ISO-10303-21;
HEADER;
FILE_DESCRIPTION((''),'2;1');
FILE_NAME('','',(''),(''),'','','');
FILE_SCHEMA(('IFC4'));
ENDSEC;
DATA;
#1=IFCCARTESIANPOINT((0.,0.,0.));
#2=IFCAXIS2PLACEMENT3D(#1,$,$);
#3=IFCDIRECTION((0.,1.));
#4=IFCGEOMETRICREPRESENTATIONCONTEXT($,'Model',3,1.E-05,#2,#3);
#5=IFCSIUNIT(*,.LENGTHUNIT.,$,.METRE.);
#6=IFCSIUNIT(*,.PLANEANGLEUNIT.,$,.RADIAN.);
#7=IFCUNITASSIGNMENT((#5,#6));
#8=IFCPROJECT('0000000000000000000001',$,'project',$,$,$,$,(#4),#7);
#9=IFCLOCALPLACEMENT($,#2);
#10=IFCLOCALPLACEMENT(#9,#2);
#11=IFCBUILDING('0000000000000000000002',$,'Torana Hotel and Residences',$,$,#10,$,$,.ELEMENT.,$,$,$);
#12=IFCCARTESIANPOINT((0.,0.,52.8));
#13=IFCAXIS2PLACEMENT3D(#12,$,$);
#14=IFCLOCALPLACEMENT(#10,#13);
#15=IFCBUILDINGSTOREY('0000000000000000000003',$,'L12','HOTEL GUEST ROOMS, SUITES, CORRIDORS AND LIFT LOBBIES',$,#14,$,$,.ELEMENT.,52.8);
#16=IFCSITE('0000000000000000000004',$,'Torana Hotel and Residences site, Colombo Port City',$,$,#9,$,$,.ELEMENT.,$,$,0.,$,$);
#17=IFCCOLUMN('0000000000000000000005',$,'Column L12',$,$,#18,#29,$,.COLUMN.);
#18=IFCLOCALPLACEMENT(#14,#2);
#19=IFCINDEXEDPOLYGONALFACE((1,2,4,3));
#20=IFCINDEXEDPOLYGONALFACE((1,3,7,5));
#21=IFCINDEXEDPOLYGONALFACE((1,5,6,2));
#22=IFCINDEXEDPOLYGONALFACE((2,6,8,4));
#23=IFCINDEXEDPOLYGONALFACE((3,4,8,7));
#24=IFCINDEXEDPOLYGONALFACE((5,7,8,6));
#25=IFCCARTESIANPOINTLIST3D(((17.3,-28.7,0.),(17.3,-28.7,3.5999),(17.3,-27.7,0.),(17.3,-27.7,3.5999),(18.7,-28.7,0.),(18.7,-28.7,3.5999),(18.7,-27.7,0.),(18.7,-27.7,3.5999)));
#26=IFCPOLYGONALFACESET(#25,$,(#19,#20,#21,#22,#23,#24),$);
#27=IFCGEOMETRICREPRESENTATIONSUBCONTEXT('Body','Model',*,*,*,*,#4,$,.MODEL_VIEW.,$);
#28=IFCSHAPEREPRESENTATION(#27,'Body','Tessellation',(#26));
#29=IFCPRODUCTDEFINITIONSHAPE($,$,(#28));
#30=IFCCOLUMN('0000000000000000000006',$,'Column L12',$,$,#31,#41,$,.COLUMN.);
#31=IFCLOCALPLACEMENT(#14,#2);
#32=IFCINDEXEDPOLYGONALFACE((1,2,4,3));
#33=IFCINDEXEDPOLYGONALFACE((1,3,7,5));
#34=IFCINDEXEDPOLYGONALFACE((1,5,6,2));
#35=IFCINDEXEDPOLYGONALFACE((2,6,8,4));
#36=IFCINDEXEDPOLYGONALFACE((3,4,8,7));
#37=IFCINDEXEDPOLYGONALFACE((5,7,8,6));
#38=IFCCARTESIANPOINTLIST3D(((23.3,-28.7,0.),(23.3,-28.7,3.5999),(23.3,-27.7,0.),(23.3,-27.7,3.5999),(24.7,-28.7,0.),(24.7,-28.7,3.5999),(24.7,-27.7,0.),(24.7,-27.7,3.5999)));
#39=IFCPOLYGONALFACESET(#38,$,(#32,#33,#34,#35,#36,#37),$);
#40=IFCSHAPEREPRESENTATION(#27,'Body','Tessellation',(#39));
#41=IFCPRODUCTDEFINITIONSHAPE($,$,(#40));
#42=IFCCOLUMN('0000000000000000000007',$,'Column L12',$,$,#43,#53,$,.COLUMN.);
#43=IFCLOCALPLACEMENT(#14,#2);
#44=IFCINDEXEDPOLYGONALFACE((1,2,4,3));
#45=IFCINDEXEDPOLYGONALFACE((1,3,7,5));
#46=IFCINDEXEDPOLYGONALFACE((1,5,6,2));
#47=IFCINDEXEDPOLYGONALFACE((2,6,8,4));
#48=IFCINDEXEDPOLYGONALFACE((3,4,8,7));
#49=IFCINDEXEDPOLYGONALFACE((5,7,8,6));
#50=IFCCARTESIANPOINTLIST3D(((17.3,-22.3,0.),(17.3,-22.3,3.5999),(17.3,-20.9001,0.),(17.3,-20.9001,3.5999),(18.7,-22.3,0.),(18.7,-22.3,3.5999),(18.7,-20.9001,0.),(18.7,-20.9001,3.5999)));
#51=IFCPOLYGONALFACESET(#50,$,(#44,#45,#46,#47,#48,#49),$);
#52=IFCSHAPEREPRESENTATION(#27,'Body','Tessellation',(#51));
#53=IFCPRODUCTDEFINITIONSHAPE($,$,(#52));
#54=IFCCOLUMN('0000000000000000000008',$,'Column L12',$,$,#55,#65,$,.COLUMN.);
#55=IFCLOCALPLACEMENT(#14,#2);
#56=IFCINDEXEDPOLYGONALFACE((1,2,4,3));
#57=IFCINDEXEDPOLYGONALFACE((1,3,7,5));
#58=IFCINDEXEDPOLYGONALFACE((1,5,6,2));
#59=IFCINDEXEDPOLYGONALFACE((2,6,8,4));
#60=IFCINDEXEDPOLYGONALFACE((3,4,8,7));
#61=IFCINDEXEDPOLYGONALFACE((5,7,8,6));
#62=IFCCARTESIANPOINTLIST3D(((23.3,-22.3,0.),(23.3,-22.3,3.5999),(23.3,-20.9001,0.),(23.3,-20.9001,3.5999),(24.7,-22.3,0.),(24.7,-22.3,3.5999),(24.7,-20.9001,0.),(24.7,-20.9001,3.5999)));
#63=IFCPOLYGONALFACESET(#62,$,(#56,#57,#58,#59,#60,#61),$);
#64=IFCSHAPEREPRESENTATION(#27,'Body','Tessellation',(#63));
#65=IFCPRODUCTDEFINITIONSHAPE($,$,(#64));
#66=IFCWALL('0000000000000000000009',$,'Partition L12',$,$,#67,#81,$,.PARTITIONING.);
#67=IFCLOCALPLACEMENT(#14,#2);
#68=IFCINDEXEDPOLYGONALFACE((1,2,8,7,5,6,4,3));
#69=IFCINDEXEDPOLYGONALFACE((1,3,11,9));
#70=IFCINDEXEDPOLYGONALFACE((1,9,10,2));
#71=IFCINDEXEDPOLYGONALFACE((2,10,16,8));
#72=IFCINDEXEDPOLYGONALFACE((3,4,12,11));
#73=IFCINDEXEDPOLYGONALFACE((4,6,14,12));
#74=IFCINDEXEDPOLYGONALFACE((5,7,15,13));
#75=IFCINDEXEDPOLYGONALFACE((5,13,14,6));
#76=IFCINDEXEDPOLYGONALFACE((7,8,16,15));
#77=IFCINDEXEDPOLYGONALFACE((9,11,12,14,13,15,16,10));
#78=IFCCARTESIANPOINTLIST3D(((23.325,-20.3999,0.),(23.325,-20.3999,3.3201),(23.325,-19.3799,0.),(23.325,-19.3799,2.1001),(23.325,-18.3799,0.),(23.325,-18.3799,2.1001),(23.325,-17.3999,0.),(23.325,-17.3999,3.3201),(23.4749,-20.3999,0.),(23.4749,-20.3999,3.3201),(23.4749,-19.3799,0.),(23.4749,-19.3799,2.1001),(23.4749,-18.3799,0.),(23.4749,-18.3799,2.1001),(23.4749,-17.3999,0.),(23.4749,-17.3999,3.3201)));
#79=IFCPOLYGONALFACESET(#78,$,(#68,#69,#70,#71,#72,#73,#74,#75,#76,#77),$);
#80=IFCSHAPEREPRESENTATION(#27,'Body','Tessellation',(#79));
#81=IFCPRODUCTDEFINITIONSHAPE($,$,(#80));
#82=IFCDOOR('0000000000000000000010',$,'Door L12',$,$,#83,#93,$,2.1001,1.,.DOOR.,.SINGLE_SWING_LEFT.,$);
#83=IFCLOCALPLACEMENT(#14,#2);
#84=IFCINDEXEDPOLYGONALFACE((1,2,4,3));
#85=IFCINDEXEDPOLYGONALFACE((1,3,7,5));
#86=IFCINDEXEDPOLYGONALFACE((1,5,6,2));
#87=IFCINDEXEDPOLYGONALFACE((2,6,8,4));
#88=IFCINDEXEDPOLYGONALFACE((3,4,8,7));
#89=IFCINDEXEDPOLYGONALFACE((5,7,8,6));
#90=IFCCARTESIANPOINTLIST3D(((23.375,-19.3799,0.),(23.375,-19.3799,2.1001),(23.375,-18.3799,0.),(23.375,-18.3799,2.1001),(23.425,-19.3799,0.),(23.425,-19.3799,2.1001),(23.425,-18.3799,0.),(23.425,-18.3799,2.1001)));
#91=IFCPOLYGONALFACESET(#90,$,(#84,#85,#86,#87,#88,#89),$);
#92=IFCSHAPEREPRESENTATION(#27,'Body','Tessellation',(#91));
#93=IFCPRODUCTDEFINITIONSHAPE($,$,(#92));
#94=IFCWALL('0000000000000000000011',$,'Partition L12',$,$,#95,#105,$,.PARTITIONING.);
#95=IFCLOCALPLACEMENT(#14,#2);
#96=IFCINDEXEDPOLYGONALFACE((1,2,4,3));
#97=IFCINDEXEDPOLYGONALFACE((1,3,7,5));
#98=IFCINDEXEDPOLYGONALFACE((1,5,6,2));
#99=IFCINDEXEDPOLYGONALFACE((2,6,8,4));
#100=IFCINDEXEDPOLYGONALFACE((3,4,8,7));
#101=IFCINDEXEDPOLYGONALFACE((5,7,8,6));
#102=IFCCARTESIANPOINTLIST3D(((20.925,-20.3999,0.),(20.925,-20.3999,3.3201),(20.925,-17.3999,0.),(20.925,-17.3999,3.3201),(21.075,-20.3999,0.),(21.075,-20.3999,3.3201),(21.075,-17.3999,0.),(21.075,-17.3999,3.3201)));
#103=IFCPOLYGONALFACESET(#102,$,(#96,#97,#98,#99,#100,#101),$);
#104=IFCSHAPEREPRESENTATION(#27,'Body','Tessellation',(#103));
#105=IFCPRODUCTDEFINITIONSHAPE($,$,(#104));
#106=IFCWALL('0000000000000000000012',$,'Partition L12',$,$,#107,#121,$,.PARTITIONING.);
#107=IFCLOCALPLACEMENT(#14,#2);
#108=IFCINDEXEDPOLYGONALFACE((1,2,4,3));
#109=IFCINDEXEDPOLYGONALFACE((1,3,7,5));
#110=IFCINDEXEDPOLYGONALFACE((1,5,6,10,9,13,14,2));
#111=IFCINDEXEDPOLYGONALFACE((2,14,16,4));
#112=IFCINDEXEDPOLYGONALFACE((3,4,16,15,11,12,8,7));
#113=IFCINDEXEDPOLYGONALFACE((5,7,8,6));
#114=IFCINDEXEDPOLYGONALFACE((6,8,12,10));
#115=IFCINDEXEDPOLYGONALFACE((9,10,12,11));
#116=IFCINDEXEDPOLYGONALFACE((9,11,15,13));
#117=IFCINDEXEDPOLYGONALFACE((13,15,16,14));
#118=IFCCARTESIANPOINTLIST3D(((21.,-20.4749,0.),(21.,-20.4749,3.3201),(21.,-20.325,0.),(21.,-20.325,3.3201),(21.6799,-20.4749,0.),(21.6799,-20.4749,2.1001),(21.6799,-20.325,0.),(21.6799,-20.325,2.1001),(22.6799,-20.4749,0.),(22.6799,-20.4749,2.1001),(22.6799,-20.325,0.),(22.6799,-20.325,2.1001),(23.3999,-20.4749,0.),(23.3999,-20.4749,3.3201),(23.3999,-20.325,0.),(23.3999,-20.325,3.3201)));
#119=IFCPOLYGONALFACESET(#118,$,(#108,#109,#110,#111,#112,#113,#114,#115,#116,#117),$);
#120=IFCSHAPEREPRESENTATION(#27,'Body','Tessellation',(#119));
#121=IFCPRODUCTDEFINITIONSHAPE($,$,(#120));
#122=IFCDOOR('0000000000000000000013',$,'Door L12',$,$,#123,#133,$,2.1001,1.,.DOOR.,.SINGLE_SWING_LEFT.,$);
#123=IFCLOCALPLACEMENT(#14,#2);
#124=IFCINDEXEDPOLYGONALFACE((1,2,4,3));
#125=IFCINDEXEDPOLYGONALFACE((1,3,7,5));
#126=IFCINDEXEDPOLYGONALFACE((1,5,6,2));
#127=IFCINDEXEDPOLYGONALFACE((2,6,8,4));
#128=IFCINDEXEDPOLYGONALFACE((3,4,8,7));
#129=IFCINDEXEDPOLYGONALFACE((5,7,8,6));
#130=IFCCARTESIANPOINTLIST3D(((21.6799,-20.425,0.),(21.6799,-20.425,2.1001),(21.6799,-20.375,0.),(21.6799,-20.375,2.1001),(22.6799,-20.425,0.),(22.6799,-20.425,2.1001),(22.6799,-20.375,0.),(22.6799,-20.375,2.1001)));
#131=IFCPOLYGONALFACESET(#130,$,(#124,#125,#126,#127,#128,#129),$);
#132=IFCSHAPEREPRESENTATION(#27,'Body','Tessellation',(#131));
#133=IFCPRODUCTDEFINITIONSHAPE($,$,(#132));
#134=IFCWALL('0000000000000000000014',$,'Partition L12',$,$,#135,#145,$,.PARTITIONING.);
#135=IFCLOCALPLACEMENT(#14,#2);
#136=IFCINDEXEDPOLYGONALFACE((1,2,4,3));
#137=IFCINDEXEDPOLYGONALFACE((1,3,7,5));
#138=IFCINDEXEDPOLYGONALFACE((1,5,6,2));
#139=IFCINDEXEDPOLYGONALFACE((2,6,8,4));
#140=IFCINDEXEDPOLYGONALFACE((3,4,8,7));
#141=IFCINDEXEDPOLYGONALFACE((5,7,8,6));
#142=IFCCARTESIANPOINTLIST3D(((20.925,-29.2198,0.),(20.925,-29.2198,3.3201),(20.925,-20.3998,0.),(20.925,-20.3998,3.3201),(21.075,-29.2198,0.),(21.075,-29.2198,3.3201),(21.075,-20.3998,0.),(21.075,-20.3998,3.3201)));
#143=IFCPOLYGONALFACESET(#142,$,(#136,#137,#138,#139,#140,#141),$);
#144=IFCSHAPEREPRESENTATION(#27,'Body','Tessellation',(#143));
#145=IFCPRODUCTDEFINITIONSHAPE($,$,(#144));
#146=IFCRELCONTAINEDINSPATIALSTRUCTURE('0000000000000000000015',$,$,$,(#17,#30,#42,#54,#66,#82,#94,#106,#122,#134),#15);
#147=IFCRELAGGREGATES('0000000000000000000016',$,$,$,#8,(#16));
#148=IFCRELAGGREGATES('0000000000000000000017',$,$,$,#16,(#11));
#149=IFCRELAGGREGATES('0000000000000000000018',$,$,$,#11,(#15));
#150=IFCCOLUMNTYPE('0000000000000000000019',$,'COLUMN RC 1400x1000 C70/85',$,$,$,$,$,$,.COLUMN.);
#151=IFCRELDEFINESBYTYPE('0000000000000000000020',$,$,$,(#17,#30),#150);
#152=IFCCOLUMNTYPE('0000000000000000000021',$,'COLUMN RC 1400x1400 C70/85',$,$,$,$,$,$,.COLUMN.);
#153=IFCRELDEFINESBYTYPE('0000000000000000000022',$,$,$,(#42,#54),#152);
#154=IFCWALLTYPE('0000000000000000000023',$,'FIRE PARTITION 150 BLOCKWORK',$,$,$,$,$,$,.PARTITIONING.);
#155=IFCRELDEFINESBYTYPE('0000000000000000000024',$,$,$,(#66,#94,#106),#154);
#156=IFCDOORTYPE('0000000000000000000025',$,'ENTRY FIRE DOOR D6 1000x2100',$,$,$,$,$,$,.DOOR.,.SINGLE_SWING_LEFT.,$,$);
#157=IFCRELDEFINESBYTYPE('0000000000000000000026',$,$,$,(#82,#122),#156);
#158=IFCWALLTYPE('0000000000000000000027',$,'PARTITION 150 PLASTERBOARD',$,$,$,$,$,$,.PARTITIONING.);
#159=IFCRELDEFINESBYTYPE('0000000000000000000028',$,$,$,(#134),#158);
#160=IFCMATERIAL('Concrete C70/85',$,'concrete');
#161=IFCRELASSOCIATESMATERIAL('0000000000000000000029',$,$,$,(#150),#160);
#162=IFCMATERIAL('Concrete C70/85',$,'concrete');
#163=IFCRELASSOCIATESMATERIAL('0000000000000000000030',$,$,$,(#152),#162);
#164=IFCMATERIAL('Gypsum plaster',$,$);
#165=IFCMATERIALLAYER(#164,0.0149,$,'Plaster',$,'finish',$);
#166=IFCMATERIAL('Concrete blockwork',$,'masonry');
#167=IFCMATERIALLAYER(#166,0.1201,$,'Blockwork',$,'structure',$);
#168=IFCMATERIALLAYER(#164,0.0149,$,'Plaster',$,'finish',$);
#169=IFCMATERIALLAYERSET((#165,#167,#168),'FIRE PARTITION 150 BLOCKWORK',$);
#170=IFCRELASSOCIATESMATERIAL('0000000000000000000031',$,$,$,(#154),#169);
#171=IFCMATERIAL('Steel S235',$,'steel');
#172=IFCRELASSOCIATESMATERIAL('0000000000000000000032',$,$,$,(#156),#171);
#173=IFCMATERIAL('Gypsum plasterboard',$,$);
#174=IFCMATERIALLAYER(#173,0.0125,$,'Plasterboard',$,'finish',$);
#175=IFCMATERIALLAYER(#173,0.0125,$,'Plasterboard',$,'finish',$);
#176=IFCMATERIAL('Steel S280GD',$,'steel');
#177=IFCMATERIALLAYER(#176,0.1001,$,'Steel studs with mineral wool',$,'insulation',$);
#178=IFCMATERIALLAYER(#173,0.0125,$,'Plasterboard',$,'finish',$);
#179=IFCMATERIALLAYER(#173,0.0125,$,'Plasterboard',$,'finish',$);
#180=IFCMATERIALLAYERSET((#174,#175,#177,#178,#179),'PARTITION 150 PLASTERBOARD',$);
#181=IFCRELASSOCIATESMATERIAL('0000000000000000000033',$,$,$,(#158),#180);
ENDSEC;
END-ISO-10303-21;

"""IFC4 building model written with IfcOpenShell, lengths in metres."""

from ifc_helpers import new_model, si_unit, direction, frame, frame_2d, origin, origin_2d, place, context, subcontext, project, spatial, rectangle, extrude, material, layer, layer_set, material_profile, profile_set, type_object, element, fill, save


model = new_model("IFC4")

# Units and contexts
model_context = context("Model", 3, precision=1e-05, world=origin(), true_north=direction((0.0, 1.0)))
body_context = subcontext(model_context, "Body", "Model", "MODEL_VIEW")
ifc_project = project(units=[si_unit("LENGTHUNIT", "METRE"), si_unit("PLANEANGLEUNIT", "RADIAN")], contexts=[model_context])

# Site, building, storey
site_placement = place(None, origin())
site = spatial("IfcSite", under=ifc_project, at=site_placement, Name="Torana Hotel and Residences site, Colombo Port City", CompositionType="ELEMENT", RefElevation=0.0)
building_placement = place(site_placement, origin())
building = spatial("IfcBuilding", under=site, at=building_placement, Name="Torana Hotel and Residences", CompositionType="ELEMENT")
storey_placement = place(building_placement, frame((0.0, 0.0, 52.8)))
storey = spatial("IfcBuildingStorey", under=building, at=storey_placement, Name="L12", Description="HOTEL GUEST ROOMS, SUITES, CORRIDORS AND LIFT LOBBIES", CompositionType="ELEMENT", Elevation=52.8)

# Columns
ifc_material_1 = material(Name="Concrete C70/85", Category="concrete")
ifc_material_profile_1 = material_profile(ifc_material_1, rectangle(XDim=1.3999, YDim=1.0, at=origin_2d()), Name="RC 1400x1000")
ifc_profile_set_1 = profile_set([ifc_material_profile_1], Name="Concrete C70/85")
column_type_1 = type_object("IfcColumnType", Name="COLUMN RC 1400x1000 C70/85", PredefinedType="COLUMN", material=ifc_profile_set_1)
for number, where, z_axis, x_axis, name in (
    (1, (18.0, -28.2, 0.0), (0.0, 0.0, 1.0), (1.0, 0.0, 0.0), "Column L12"),
    (2, (24.0, -28.2, 0.0), (0.0, 0.0, 1.0), (1.0, 0.0, 0.0), "Column L12"),
):
    element("IfcColumn", number, at=place(storey_placement, frame(where, z_axis=z_axis, x_axis=x_axis)), inside=storey, type_object=column_type_1, Name=name, PredefinedType="COLUMN", context=body_context, shape_type="SweptSolid", body=[
        extrude(rectangle(XDim=1.3999, YDim=1.0, at=origin_2d()), origin(), (0.0, 0.0, 1.0), 3.5999),
    ])
ifc_material_2 = material(Name="Concrete C70/85", Category="concrete")
ifc_material_profile_2 = material_profile(ifc_material_2, rectangle(XDim=1.3999, YDim=1.3999, at=origin_2d()), Name="RC 1400x1400")
ifc_profile_set_2 = profile_set([ifc_material_profile_2], Name="Concrete C70/85")
column_type_2 = type_object("IfcColumnType", Name="COLUMN RC 1400x1400 C70/85", PredefinedType="COLUMN", material=ifc_profile_set_2)
for number, where, z_axis, x_axis, name in (
    (3, (18.0, -21.6001, 0.0), (0.0, 0.0, 1.0), (1.0, 0.0, 0.0), "Column L12"),
    (4, (24.0, -21.6001, 0.0), (0.0, 0.0, 1.0), (1.0, 0.0, 0.0), "Column L12"),
):
    element("IfcColumn", number, at=place(storey_placement, frame(where, z_axis=z_axis, x_axis=x_axis)), inside=storey, type_object=column_type_2, Name=name, PredefinedType="COLUMN", context=body_context, shape_type="SweptSolid", body=[
        extrude(rectangle(XDim=1.3999, YDim=1.3999, at=origin_2d()), origin(), (0.0, 0.0, 1.0), 3.5999),
    ])

# Wall, opening, door
ifc_material_3 = material(Name="Gypsum plaster")
ifc_layer_1 = layer(ifc_material_3, 0.0149, Name="Plaster", Category="finish")
ifc_material_4 = material(Name="Concrete blockwork", Category="masonry")
ifc_layer_2 = layer(ifc_material_4, 0.1201, Name="Blockwork", Category="structure")
ifc_layer_3 = layer(ifc_material_3, 0.0149, Name="Plaster", Category="finish")
ifc_layer_set_1 = layer_set([ifc_layer_1, ifc_layer_2, ifc_layer_3], Name="FIRE PARTITION 150 BLOCKWORK")
wall_type_1 = type_object("IfcWallType", Name="FIRE PARTITION 150 BLOCKWORK", PredefinedType="PARTITIONING", material=ifc_layer_set_1)
wall_1_placement = place(storey_placement, frame((23.3999, -20.3999, 0.0), z_axis=(0.0, 0.0, 1.0), x_axis=(0.0, 1.0, 0.0)))
wall_1 = element("IfcWall", 5, at=wall_1_placement, inside=storey, type_object=wall_type_1, Name="Partition L12", PredefinedType="PARTITIONING", context=body_context, shape_type="SweptSolid", body=[
    extrude(rectangle(XDim=3.0, YDim=0.1499, at=frame_2d((1.5, 0.0))), origin(), (0.0, 0.0, 1.0), 3.3201),
])
opening_1_placement = place(wall_1_placement, frame((1.02, 0.0, 0.0)))
opening_1 = element("IfcOpeningElement", 6, at=opening_1_placement, cuts=wall_1, PredefinedType="OPENING", context=body_context, shape_type="SweptSolid", body=[
    extrude(rectangle(XDim=1.0, YDim=2.1001, at=frame_2d((0.5, 1.05))), frame((0.0, 0.085, 0.0), z_axis=(0.0, -1.0, 0.0), x_axis=(1.0, 0.0, 0.0)), (0.0, 0.0, 1.0), 0.1699),
])
ifc_material_5 = material(Name="Steel S235", Category="steel")
door_type_1 = type_object("IfcDoorType", Name="ENTRY FIRE DOOR D6 1000x2100", OperationType="SINGLE_SWING_LEFT", PredefinedType="DOOR", material=ifc_material_5)
door_1_placement = place(opening_1_placement, frame((0.5, 0.0, 0.0), z_axis=(0.0, 0.0, 1.0), x_axis=(-1.0, 0.0, 0.0)))
door_1 = element("IfcDoor", 7, at=door_1_placement, inside=storey, type_object=door_type_1, Name="Door L12", OperationType="SINGLE_SWING_LEFT", OverallHeight=2.1001, OverallWidth=1.0, PredefinedType="DOOR", context=body_context, shape_type="SweptSolid", body=[
    extrude(rectangle(XDim=1.0, YDim=2.1001, at=frame_2d((0.0, 1.05))), frame((0.0, -0.0249, 0.0), z_axis=(0.0, 1.0, 0.0), x_axis=(-1.0, 0.0, 0.0)), (0.0, 0.0, 1.0), 0.05),
])
fill(opening_1, door_1)

# Wall
wall_2_placement = place(storey_placement, frame((21.0, -20.3999, 0.0), z_axis=(0.0, 0.0, 1.0), x_axis=(0.0, 1.0, 0.0)))
element("IfcWall", 8, at=wall_2_placement, inside=storey, type_object=wall_type_1, Name="Partition L12", PredefinedType="PARTITIONING", context=body_context, shape_type="SweptSolid", body=[
    extrude(rectangle(XDim=3.0, YDim=0.1499, at=frame_2d((1.5, 0.0))), origin(), (0.0, 0.0, 1.0), 3.3201),
])

# Wall, opening, door
wall_3_placement = place(storey_placement, frame((21.0, -20.3999, 0.0), z_axis=(0.0, 0.0, 1.0), x_axis=(1.0, 0.0, 0.0)))
wall_3 = element("IfcWall", 9, at=wall_3_placement, inside=storey, type_object=wall_type_1, Name="Partition L12", PredefinedType="PARTITIONING", context=body_context, shape_type="SweptSolid", body=[
    extrude(rectangle(XDim=2.3999, YDim=0.1499, at=frame_2d((1.2, 0.0))), origin(), (0.0, 0.0, 1.0), 3.3201),
])
opening_2_placement = place(wall_3_placement, frame((0.6799, 0.0, 0.0)))
opening_2 = element("IfcOpeningElement", 10, at=opening_2_placement, cuts=wall_3, PredefinedType="OPENING", context=body_context, shape_type="SweptSolid", body=[
    extrude(rectangle(XDim=1.0, YDim=2.1001, at=frame_2d((0.5, 1.05))), frame((0.0, 0.085, 0.0), z_axis=(0.0, -1.0, 0.0), x_axis=(1.0, 0.0, 0.0)), (0.0, 0.0, 1.0), 0.1699),
])
door_2_placement = place(opening_2_placement, frame((0.5, 0.0, 0.0), z_axis=(0.0, 0.0, 1.0), x_axis=(-1.0, 0.0, 0.0)))
door_2 = element("IfcDoor", 11, at=door_2_placement, inside=storey, type_object=door_type_1, Name="Door L12", OperationType="SINGLE_SWING_LEFT", OverallHeight=2.1001, OverallWidth=1.0, PredefinedType="DOOR", context=body_context, shape_type="SweptSolid", body=[
    extrude(rectangle(XDim=1.0, YDim=2.1001, at=frame_2d((0.0, 1.05))), frame((0.0, -0.0249, 0.0), z_axis=(0.0, 1.0, 0.0), x_axis=(-1.0, 0.0, 0.0)), (0.0, 0.0, 1.0), 0.05),
])
fill(opening_2, door_2)

# Wall
ifc_material_6 = material(Name="Gypsum plasterboard")
ifc_layer_4 = layer(ifc_material_6, 0.0125, Name="Plasterboard", Category="finish")
ifc_layer_5 = layer(ifc_material_6, 0.0125, Name="Plasterboard", Category="finish")
ifc_material_7 = material(Name="Steel S280GD", Category="steel")
ifc_layer_6 = layer(ifc_material_7, 0.1001, Name="Steel studs with mineral wool", Category="insulation")
ifc_layer_7 = layer(ifc_material_6, 0.0125, Name="Plasterboard", Category="finish")
ifc_layer_8 = layer(ifc_material_6, 0.0125, Name="Plasterboard", Category="finish")
ifc_layer_set_2 = layer_set([ifc_layer_4, ifc_layer_5, ifc_layer_6, ifc_layer_7, ifc_layer_8], Name="PARTITION 150 PLASTERBOARD")
wall_type_2 = type_object("IfcWallType", Name="PARTITION 150 PLASTERBOARD", PredefinedType="PARTITIONING", material=ifc_layer_set_2)
wall_4_placement = place(storey_placement, frame((21.0, -29.22, 0.0), z_axis=(0.0, 0.0, 1.0), x_axis=(0.0, 1.0, 0.0)))
element("IfcWall", 12, at=wall_4_placement, inside=storey, type_object=wall_type_2, Name="Partition L12", PredefinedType="PARTITIONING", context=body_context, shape_type="SweptSolid", body=[
    extrude(rectangle(XDim=8.8201, YDim=0.1499, at=frame_2d((4.4102, 0.0))), origin(), (0.0, 0.0, 1.0), 3.3201),
])

save(model, "model.ifc")
